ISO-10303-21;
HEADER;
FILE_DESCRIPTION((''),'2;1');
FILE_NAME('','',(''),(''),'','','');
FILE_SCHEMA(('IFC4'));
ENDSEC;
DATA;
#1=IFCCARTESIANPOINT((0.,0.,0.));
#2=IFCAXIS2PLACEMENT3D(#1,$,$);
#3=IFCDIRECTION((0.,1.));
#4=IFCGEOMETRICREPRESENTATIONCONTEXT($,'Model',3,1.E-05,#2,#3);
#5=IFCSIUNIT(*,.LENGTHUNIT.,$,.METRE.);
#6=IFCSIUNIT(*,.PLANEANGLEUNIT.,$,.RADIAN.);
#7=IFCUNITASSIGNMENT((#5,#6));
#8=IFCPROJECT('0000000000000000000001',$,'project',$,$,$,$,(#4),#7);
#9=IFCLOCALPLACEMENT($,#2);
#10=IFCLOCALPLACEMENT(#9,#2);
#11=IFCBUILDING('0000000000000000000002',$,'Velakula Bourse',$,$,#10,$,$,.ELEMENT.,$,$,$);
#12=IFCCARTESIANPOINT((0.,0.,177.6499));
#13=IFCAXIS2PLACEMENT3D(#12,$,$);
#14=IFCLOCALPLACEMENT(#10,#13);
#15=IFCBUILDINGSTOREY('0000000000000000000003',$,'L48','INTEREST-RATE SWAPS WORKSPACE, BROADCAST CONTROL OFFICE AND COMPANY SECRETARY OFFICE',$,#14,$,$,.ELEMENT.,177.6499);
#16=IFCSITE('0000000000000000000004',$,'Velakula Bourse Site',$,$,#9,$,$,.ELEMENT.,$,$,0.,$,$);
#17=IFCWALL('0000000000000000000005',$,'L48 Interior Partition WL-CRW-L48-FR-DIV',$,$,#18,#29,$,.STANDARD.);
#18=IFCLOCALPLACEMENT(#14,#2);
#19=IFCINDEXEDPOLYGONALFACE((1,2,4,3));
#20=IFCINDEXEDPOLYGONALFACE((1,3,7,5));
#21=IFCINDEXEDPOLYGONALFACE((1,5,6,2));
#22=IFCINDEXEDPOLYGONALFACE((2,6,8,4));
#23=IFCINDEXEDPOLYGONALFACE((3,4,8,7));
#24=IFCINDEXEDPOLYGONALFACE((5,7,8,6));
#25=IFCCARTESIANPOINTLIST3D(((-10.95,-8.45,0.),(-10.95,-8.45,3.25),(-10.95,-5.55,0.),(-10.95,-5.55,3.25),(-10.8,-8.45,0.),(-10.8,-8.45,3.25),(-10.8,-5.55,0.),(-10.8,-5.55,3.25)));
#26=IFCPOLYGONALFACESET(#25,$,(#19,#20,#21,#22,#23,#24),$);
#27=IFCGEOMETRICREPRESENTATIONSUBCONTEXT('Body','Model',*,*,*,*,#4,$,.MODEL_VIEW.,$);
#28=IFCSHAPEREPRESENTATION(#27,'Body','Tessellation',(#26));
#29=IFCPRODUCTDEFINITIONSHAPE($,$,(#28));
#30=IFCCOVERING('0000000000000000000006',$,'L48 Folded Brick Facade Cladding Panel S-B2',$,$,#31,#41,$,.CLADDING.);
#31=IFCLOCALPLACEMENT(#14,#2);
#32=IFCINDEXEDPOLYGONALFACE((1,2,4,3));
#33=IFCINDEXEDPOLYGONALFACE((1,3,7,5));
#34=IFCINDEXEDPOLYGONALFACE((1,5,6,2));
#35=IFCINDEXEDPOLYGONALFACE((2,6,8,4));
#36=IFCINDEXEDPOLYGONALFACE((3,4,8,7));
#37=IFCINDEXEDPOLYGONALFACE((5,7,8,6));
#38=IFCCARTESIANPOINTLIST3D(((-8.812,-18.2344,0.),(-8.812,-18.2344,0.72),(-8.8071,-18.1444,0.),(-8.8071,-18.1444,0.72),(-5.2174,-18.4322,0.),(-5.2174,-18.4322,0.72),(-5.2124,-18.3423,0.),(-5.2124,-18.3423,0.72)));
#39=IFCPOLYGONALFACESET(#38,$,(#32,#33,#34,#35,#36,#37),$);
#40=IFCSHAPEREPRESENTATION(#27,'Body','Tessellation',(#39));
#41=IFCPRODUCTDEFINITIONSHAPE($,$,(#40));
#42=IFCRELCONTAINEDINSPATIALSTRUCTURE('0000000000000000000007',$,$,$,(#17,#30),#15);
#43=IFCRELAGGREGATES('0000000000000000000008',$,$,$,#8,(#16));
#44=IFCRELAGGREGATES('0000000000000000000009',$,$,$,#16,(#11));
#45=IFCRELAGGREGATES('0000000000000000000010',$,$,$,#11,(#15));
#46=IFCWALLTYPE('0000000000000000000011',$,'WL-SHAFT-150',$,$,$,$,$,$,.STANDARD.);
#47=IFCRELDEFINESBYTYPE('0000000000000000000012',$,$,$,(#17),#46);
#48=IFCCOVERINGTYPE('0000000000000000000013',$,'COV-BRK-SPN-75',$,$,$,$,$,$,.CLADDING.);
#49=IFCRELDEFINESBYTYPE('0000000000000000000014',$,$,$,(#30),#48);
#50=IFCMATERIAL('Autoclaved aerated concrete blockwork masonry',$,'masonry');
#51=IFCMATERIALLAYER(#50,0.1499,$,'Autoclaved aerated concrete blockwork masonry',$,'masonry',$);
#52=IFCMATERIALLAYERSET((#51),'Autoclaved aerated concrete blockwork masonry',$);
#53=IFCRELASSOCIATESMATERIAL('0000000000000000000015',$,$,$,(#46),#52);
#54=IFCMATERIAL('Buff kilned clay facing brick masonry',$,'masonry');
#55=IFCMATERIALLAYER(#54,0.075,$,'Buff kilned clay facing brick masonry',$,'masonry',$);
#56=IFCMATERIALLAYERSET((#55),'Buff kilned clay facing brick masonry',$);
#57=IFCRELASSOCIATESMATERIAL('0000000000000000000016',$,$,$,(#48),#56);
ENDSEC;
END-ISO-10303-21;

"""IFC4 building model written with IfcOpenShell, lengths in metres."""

from ifc_helpers import new_model, si_unit, direction, frame, frame_2d, origin, origin_2d, place, context, subcontext, project, spatial, rectangle, extrude, material, layer, layer_set, type_object, element, save


model = new_model("IFC4")

# Units and contexts
model_context = context("Model", 3, precision=1e-05, world=origin(), true_north=direction((0.0, 1.0)))
body_context = subcontext(model_context, "Body", "Model", "MODEL_VIEW")
ifc_project = project(units=[si_unit("LENGTHUNIT", "METRE"), si_unit("PLANEANGLEUNIT", "RADIAN")], contexts=[model_context])

# Site, building, storey
site_placement = place(None, origin())
site = spatial("IfcSite", under=ifc_project, at=site_placement, Name="Velakula Bourse Site", CompositionType="ELEMENT", RefElevation=0.0)
building_placement = place(site_placement, origin())
building = spatial("IfcBuilding", under=site, at=building_placement, Name="Velakula Bourse", CompositionType="ELEMENT")
storey_placement = place(building_placement, frame((0.0, 0.0, 177.6499)))
storey = spatial("IfcBuildingStorey", under=building, at=storey_placement, Name="L48", Description="INTEREST-RATE SWAPS WORKSPACE, BROADCAST CONTROL OFFICE AND COMPANY SECRETARY OFFICE", CompositionType="ELEMENT", Elevation=177.6499)

# Wall
ifc_material_1 = material(Name="Autoclaved aerated concrete blockwork masonry", Category="masonry")
ifc_layer_1 = layer(ifc_material_1, 0.1499, Name="Autoclaved aerated concrete blockwork masonry", Category="masonry")
ifc_layer_set_1 = layer_set([ifc_layer_1], Name="Autoclaved aerated concrete blockwork masonry")
wall_type_1 = type_object("IfcWallType", Name="WL-SHAFT-150", PredefinedType="STANDARD", material=ifc_layer_set_1)
wall_1_placement = place(storey_placement, frame((-10.875, -8.45, 0.0), z_axis=(0.0, 0.0, 1.0), x_axis=(0.0, 1.0, 0.0)))
element("IfcWall", 1, at=wall_1_placement, inside=storey, type_object=wall_type_1, Name="L48 Interior Partition WL-CRW-L48-FR-DIV", PredefinedType="STANDARD", context=body_context, shape_type="SweptSolid", body=[
    extrude(rectangle(XDim=2.8999, YDim=0.1499, at=frame_2d((1.45, 0.0))), origin(), (0.0, 0.0, 1.0), 3.25),
])

# Covering
ifc_material_2 = material(Name="Buff kilned clay facing brick masonry", Category="masonry")
ifc_layer_2 = layer(ifc_material_2, 0.075, Name="Buff kilned clay facing brick masonry", Category="masonry")
ifc_layer_set_2 = layer_set([ifc_layer_2], Name="Buff kilned clay facing brick masonry")
covering_type = type_object("IfcCoveringType", Name="COV-BRK-SPN-75", PredefinedType="CLADDING", material=ifc_layer_set_2)
covering_placement = place(storey_placement, frame((-7.0122, -18.2883, 0.0), z_axis=(0.0, 0.0, 1.0), x_axis=(0.998489, -0.05495, 0.0)))
element("IfcCovering", 2, at=covering_placement, inside=storey, type_object=covering_type, Name="L48 Folded Brick Facade Cladding Panel S-B2", PredefinedType="CLADDING", context=body_context, shape_type="SweptSolid", body=[
    extrude(rectangle(XDim=3.6001, YDim=0.0901, at=origin_2d()), origin(), (0.0, 0.0, 1.0), 0.72),
])

save(model, "model.ifc")
